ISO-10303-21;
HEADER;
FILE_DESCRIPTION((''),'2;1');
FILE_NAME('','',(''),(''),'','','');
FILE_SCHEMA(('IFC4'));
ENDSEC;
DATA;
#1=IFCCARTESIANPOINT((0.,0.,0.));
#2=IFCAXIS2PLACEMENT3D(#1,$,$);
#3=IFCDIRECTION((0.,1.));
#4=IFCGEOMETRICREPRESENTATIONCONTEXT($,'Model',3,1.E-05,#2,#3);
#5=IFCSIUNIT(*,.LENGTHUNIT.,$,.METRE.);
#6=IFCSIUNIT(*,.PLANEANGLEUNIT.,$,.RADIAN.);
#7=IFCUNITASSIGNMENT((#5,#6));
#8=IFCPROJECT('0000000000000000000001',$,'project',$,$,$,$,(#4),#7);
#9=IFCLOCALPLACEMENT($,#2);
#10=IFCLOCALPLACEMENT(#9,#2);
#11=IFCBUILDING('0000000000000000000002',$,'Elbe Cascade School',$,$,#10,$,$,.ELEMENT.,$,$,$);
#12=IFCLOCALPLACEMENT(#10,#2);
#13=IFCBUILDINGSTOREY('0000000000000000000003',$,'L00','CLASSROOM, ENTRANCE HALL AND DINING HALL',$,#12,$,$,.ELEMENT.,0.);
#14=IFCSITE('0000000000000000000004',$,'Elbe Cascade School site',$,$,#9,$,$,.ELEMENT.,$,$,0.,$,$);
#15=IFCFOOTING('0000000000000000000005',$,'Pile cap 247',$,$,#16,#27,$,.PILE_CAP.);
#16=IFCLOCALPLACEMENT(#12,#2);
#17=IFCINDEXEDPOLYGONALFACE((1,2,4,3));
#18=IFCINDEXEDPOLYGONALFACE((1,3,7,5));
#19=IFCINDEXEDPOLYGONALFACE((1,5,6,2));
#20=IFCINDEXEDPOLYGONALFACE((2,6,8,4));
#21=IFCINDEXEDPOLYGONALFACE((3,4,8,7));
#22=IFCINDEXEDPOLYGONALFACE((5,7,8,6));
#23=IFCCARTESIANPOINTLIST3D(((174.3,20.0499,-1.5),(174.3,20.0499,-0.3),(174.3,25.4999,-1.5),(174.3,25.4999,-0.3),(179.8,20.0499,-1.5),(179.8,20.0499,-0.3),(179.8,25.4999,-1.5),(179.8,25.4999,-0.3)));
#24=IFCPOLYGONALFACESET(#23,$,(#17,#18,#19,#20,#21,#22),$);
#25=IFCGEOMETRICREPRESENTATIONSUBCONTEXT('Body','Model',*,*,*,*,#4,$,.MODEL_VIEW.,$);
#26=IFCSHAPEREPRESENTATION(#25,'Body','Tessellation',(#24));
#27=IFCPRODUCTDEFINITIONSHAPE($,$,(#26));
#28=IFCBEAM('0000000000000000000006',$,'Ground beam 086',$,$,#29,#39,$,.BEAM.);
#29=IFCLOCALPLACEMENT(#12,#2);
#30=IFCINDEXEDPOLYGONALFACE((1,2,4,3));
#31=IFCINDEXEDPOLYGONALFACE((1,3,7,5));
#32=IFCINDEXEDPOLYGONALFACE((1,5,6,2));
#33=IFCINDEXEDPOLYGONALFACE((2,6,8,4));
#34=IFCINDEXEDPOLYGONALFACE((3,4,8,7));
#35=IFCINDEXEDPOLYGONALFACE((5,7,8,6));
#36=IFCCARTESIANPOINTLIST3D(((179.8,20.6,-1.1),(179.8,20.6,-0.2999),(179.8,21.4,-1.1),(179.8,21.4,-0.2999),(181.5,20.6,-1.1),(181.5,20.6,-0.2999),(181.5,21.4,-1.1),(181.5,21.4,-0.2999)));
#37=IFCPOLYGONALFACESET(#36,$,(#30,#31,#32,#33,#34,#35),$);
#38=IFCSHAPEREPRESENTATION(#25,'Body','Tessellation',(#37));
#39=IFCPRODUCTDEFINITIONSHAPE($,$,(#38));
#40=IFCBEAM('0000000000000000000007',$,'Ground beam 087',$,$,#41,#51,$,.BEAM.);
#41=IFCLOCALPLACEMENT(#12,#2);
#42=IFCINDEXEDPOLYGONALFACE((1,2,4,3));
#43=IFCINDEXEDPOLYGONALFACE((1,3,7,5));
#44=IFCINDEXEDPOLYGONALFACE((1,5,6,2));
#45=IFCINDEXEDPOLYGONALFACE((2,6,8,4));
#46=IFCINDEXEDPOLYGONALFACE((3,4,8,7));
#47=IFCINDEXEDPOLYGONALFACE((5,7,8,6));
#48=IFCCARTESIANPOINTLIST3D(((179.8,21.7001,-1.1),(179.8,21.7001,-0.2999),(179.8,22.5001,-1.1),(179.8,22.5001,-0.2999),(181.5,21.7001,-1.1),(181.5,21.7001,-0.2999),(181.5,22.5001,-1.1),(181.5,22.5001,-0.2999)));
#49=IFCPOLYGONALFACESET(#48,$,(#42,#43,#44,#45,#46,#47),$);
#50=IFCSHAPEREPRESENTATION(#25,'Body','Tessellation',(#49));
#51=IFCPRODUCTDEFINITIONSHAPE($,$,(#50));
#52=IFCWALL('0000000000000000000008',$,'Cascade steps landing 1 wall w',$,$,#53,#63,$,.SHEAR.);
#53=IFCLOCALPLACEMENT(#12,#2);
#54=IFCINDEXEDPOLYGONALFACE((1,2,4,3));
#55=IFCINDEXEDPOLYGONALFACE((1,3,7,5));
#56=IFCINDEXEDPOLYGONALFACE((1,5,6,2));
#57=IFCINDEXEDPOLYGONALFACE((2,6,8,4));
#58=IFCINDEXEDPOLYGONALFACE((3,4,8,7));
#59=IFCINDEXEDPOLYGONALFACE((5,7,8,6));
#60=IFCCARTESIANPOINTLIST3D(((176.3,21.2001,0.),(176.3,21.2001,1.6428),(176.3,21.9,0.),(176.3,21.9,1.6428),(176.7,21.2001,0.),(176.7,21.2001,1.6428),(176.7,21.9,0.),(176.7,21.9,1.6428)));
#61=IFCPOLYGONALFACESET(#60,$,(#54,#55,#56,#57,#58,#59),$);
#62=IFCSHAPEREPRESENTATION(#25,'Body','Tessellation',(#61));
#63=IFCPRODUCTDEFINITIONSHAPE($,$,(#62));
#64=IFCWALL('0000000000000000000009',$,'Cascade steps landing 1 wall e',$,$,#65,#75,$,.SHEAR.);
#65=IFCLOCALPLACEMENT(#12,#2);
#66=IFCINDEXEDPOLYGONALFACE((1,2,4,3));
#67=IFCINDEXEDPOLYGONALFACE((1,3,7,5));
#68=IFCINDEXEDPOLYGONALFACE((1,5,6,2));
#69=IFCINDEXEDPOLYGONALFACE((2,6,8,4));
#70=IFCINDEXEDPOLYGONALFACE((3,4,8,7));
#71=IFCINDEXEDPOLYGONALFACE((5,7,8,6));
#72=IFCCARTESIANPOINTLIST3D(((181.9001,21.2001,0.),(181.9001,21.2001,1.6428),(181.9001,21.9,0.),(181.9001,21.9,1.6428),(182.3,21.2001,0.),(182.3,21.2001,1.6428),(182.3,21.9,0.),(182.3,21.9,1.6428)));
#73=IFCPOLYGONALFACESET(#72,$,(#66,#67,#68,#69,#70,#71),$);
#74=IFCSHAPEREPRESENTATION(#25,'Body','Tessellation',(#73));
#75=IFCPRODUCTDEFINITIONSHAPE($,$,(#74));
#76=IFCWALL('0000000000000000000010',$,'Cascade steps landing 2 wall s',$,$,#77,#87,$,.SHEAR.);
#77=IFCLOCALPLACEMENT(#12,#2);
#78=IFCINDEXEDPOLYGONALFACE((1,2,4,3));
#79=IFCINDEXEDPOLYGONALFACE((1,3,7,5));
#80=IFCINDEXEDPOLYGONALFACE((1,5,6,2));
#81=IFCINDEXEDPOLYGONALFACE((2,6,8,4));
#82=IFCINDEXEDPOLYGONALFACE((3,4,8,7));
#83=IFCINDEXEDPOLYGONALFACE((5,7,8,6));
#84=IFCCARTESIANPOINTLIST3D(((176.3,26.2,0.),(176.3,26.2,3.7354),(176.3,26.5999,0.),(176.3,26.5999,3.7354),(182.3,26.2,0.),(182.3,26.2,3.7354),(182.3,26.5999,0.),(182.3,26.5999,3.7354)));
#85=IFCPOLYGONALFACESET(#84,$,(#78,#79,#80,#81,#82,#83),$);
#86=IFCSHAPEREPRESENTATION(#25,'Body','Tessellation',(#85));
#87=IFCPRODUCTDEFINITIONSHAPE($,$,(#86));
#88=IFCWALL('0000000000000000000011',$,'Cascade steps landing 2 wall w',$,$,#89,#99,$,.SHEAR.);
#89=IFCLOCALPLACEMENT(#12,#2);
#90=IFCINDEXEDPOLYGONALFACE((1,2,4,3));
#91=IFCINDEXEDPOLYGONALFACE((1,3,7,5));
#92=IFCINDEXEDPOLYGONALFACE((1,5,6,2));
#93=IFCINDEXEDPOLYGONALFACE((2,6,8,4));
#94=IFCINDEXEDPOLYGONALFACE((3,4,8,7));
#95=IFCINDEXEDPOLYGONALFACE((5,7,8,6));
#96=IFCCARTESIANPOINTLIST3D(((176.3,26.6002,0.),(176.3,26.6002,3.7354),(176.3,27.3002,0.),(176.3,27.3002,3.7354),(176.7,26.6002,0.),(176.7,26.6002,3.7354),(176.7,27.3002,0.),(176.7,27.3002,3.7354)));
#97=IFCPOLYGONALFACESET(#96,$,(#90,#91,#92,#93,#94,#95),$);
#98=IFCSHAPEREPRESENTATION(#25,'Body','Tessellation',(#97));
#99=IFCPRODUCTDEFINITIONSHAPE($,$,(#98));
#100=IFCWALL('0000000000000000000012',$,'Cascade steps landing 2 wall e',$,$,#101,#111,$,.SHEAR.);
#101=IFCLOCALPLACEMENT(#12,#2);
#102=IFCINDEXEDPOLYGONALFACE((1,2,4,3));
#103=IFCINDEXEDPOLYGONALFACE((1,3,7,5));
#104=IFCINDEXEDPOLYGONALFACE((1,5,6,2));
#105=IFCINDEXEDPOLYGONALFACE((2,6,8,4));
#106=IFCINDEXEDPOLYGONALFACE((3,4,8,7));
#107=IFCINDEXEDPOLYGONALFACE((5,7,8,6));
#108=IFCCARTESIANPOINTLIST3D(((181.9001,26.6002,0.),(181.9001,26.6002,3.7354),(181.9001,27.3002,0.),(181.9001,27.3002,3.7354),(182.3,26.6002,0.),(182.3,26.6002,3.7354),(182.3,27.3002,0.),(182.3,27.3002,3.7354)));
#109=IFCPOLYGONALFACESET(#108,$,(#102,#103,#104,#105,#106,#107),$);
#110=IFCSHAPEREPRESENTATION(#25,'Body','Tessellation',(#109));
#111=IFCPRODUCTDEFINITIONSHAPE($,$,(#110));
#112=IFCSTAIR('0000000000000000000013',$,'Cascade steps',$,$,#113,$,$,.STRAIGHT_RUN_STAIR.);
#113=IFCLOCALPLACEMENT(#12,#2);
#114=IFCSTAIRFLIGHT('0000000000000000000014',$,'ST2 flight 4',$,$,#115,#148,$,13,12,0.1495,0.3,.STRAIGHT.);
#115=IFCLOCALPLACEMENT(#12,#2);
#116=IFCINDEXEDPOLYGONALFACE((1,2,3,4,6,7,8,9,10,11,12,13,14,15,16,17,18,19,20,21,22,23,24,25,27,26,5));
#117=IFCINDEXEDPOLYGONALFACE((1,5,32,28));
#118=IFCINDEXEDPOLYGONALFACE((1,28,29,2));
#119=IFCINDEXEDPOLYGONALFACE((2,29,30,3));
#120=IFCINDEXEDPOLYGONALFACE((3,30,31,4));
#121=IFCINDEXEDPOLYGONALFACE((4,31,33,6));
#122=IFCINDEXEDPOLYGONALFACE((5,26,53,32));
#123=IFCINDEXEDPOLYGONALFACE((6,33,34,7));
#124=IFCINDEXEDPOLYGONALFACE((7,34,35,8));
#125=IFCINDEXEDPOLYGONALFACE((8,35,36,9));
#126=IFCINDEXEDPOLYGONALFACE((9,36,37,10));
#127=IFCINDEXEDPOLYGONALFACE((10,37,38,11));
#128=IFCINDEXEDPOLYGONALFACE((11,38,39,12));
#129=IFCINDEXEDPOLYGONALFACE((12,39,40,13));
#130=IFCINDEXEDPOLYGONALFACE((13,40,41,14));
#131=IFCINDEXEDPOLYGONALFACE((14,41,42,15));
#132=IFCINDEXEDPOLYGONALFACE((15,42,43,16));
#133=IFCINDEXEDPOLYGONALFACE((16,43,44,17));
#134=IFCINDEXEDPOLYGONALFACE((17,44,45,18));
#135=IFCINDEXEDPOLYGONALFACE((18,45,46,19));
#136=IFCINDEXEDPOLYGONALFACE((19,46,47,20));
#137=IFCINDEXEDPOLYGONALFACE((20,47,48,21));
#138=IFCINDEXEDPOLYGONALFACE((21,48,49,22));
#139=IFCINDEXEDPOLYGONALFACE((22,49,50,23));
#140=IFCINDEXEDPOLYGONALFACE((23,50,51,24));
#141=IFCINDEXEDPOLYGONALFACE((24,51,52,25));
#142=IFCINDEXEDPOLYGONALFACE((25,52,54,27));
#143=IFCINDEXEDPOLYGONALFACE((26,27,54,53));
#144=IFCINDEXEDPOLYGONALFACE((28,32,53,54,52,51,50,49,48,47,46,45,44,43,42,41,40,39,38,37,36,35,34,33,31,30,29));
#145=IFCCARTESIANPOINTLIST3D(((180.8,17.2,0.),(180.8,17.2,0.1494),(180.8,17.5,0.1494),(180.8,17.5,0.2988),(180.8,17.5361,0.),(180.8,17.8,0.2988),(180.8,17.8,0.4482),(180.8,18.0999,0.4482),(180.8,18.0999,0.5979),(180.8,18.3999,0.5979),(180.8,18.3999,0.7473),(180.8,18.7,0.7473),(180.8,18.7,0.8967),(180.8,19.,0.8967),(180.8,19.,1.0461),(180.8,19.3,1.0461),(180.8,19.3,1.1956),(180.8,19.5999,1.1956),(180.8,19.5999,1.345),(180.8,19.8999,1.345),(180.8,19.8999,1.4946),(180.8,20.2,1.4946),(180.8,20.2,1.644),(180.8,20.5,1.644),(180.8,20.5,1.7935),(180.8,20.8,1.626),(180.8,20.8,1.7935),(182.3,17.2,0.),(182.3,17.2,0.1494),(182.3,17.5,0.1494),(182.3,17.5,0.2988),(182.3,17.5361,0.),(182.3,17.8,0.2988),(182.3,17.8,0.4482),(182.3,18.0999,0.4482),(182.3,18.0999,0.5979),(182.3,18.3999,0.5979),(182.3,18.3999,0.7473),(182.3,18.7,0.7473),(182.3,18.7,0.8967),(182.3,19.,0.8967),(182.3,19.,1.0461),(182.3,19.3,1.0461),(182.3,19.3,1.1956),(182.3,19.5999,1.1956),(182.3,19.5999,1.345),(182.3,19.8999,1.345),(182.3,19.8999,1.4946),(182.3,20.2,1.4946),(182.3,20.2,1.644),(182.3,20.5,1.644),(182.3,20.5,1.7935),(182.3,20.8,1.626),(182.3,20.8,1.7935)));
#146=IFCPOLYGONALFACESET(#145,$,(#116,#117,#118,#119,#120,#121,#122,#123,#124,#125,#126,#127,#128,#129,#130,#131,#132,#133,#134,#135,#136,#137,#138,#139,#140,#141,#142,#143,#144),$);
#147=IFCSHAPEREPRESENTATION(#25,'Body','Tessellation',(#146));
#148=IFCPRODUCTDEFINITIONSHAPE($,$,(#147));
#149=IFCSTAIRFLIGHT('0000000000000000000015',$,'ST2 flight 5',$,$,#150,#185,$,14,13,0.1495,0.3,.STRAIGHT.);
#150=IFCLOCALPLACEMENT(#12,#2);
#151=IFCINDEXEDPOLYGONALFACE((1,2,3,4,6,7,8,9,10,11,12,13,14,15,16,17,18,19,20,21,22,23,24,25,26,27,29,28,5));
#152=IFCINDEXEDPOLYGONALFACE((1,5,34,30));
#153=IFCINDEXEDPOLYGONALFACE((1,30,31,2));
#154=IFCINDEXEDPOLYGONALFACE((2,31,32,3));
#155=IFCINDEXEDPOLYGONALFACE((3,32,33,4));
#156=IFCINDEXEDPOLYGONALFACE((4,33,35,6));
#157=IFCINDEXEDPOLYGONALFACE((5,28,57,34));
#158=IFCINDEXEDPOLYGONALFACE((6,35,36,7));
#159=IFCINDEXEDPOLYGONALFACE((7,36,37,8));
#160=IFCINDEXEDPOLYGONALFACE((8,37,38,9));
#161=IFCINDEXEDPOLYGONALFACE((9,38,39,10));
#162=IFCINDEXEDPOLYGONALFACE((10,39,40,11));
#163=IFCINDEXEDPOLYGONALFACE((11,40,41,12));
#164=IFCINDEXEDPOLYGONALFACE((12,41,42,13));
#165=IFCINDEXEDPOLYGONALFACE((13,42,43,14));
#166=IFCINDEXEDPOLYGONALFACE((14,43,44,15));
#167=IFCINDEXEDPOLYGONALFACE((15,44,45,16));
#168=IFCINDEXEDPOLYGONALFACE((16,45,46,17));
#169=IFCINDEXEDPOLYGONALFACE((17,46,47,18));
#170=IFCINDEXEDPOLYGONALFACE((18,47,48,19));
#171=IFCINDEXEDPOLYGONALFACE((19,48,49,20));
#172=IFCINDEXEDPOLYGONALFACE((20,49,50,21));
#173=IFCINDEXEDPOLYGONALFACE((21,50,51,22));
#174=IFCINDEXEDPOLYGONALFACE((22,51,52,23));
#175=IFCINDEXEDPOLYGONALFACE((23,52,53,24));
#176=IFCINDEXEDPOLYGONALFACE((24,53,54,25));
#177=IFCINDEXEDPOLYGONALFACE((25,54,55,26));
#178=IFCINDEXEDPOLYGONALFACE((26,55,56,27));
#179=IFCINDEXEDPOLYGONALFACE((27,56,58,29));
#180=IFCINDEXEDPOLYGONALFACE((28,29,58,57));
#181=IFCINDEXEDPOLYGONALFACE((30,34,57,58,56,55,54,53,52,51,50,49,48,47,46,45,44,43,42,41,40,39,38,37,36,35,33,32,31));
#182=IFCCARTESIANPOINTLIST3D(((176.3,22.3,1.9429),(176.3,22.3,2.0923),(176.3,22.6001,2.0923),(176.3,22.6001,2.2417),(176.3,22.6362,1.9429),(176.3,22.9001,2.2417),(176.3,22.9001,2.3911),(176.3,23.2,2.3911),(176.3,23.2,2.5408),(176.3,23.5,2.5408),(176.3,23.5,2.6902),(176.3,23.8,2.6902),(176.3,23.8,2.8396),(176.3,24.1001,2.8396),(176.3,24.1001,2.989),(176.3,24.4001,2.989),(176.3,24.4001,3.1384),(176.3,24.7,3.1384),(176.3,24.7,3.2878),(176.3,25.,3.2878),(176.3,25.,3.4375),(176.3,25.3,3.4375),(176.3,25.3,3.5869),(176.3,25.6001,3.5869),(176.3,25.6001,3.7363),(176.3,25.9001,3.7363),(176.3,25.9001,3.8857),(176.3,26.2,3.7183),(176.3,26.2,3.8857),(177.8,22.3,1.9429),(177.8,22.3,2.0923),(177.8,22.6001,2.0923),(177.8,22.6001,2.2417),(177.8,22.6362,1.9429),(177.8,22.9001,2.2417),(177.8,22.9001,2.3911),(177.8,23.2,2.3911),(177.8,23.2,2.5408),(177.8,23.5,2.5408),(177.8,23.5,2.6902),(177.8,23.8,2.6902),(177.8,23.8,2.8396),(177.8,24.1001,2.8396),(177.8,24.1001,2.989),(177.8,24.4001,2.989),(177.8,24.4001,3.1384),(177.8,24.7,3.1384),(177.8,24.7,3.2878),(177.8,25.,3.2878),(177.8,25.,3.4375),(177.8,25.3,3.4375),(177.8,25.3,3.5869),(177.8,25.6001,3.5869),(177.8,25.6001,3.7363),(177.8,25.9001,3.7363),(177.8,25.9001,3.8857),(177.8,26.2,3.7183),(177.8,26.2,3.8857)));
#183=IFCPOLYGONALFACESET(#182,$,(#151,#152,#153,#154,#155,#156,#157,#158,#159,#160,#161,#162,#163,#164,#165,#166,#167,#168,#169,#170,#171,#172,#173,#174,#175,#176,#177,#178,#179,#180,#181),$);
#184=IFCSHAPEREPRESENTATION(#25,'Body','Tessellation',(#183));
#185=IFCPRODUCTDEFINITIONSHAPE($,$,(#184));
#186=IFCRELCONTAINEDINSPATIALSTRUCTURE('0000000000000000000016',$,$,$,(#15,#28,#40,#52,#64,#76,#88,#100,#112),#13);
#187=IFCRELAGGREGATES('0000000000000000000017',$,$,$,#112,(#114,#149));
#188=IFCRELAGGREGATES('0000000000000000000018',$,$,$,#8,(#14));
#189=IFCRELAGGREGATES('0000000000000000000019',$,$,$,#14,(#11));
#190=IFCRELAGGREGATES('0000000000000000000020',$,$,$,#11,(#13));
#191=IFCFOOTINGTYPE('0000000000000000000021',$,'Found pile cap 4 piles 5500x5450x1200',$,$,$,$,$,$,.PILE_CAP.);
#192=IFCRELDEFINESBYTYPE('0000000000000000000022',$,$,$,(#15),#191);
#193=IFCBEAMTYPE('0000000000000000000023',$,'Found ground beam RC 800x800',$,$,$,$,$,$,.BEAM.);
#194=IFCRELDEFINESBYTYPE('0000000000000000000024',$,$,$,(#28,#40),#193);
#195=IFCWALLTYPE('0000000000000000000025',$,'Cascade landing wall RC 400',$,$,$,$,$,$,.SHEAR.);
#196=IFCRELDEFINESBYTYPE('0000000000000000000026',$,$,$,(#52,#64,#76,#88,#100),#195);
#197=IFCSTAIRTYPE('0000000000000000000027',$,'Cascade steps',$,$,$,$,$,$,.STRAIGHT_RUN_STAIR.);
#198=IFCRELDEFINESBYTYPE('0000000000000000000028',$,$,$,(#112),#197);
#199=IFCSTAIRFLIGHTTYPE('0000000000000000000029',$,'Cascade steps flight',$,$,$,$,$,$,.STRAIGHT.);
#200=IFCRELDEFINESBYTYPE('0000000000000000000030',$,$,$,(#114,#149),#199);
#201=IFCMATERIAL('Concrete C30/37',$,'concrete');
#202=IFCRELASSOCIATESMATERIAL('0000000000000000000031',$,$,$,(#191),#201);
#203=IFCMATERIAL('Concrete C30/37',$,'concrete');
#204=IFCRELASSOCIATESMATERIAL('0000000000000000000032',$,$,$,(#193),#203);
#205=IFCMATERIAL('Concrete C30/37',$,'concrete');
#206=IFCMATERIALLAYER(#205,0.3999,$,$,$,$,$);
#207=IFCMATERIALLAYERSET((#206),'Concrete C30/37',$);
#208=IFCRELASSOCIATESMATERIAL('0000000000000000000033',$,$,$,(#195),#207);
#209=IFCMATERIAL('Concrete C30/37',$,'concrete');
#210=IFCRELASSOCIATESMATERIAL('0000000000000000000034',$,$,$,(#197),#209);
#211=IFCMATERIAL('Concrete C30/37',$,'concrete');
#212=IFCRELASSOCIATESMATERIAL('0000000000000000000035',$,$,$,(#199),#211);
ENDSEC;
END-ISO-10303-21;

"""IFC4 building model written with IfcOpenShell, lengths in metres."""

from ifc_helpers import new_model, si_unit, direction, frame, frame_2d, origin, origin_2d, place, context, subcontext, project, spatial, polyline, rectangle, outline, extrude, material, layer, layer_set, material_profile, profile_set, type_object, element, aggregate, save


model = new_model("IFC4")

# Units and contexts
model_context = context("Model", 3, precision=1e-05, world=origin(), true_north=direction((0.0, 1.0)))
body_context = subcontext(model_context, "Body", "Model", "MODEL_VIEW")
ifc_project = project(units=[si_unit("LENGTHUNIT", "METRE"), si_unit("PLANEANGLEUNIT", "RADIAN")], contexts=[model_context])

# Site, building, storey
site_placement = place(None, origin())
site = spatial("IfcSite", under=ifc_project, at=site_placement, Name="Elbe Cascade School site", CompositionType="ELEMENT", RefElevation=0.0)
building_placement = place(site_placement, origin())
building = spatial("IfcBuilding", under=site, at=building_placement, Name="Elbe Cascade School", CompositionType="ELEMENT")
storey_placement = place(building_placement, origin())
storey = spatial("IfcBuildingStorey", under=building, at=storey_placement, Name="L00", Description="CLASSROOM, ENTRANCE HALL AND DINING HALL", CompositionType="ELEMENT", Elevation=0.0)

# Footing
ifc_material_1 = material(Name="Concrete C30/37", Category="concrete")
footing_type_1 = type_object("IfcFootingType", Name="Found pile cap 4 piles 5500x5450x1200", PredefinedType="PILE_CAP", material=ifc_material_1)
footing_1_placement = place(storey_placement, frame((177.05, 22.7749, -1.5), z_axis=(0.0, 0.0, 1.0), x_axis=(1.0, 0.0, 0.0)))
element("IfcFooting", 1, at=footing_1_placement, inside=storey, type_object=footing_type_1, Name="Pile cap 247", PredefinedType="PILE_CAP", context=body_context, shape_type="SweptSolid", body=[
    extrude(rectangle(XDim=5.5, YDim=5.45, at=origin_2d()), origin(), (0.0, 0.0, 1.0), 1.2),
])

# Beams
ifc_material_2 = material(Name="Concrete C30/37", Category="concrete")
ifc_material_profile_1 = material_profile(ifc_material_2, rectangle(XDim=0.8, YDim=0.8, at=origin_2d()), Name="RC 800x800")
ifc_profile_set_1 = profile_set([ifc_material_profile_1], Name="Concrete C30/37")
beam_type = type_object("IfcBeamType", Name="Found ground beam RC 800x800", PredefinedType="BEAM", material=ifc_profile_set_1)
for number, where, z_axis, x_axis, name in (
    (2, (179.8, 21.0, -0.7), (1.0, 0.0, 0.0), (0.0, 1.0, 0.0), "Ground beam 086"),
    (3, (179.8, 22.1001, -0.7), (1.0, 0.0, 0.0), (0.0, 1.0, 0.0), "Ground beam 087"),
):
    element("IfcBeam", number, at=place(storey_placement, frame(where, z_axis=z_axis, x_axis=x_axis)), inside=storey, type_object=beam_type, Name=name, PredefinedType="BEAM", context=body_context, shape_type="SweptSolid", body=[
        extrude(rectangle(XDim=0.8, YDim=0.8, at=origin_2d()), origin(), (0.0, 0.0, 1.0), 1.7),
    ])

# Walls
ifc_material_3 = material(Name="Concrete C30/37", Category="concrete")
ifc_layer_1 = layer(ifc_material_3, 0.3999)
ifc_layer_set_1 = layer_set([ifc_layer_1], Name="Concrete C30/37")
wall_type = type_object("IfcWallType", Name="Cascade landing wall RC 400", PredefinedType="SHEAR", material=ifc_layer_set_1)
for number, where, z_axis, x_axis, name in (
    (4, (176.5, 21.2, 0.0), (0.0, 0.0, 1.0), (0.0, 1.0, 0.0), "Cascade steps landing 1 wall w"),
    (5, (182.1001, 21.2, 0.0), (0.0, 0.0, 1.0), (0.0, 1.0, 0.0), "Cascade steps landing 1 wall e"),
):
    element("IfcWall", number, at=place(storey_placement, frame(where, z_axis=z_axis, x_axis=x_axis)), inside=storey, type_object=wall_type, Name=name, PredefinedType="SHEAR", context=body_context, shape_type="SweptSolid", body=[
        extrude(rectangle(XDim=0.7, YDim=0.3999, at=frame_2d((0.3501, 0.0))), origin(), (0.0, 0.0, 1.0), 1.6428),
    ])
wall_placement = place(storey_placement, frame((176.3, 26.3999, 0.0), z_axis=(0.0, 0.0, 1.0), x_axis=(1.0, 0.0, 0.0)))
element("IfcWall", 6, at=wall_placement, inside=storey, type_object=wall_type, Name="Cascade steps landing 2 wall s", PredefinedType="SHEAR", context=body_context, shape_type="SweptSolid", body=[
    extrude(rectangle(XDim=6.0, YDim=0.3999, at=frame_2d((3.0, 0.0))), origin(), (0.0, 0.0, 1.0), 3.7354),
])
for number, where, z_axis, x_axis, name in (
    (7, (176.5, 26.6001, 0.0), (0.0, 0.0, 1.0), (0.0, 1.0, 0.0), "Cascade steps landing 2 wall w"),
    (8, (182.1001, 26.6001, 0.0), (0.0, 0.0, 1.0), (0.0, 1.0, 0.0), "Cascade steps landing 2 wall e"),
):
    element("IfcWall", number, at=place(storey_placement, frame(where, z_axis=z_axis, x_axis=x_axis)), inside=storey, type_object=wall_type, Name=name, PredefinedType="SHEAR", context=body_context, shape_type="SweptSolid", body=[
        extrude(rectangle(XDim=0.7, YDim=0.3999, at=frame_2d((0.3501, 0.0))), origin(), (0.0, 0.0, 1.0), 3.7354),
    ])

# Stair, stair flights
ifc_material_4 = material(Name="Concrete C30/37", Category="concrete")
stair_type = type_object("IfcStairType", Name="Cascade steps", PredefinedType="STRAIGHT_RUN_STAIR", material=ifc_material_4)
stair_placement = place(storey_placement, origin())
stair = element("IfcStair", 9, at=stair_placement, inside=storey, type_object=stair_type, Name="Cascade steps", PredefinedType="STRAIGHT_RUN_STAIR")
ifc_material_5 = material(Name="Concrete C30/37", Category="concrete")
stair_flight_type = type_object("IfcStairFlightType", Name="Cascade steps flight", PredefinedType="STRAIGHT", material=ifc_material_5)
stair_flight_1_placement = place(storey_placement, frame((181.55, 17.2, 0.0), z_axis=(0.0, 0.0, 1.0), x_axis=(0.0, 1.0, 0.0)))
stair_flight_1 = element("IfcStairFlight", 10, at=stair_flight_1_placement, type_object=stair_flight_type, Name="ST2 flight 4", NumberOfRisers=13, NumberOfTreads=12, PredefinedType="STRAIGHT", RiserHeight=0.1495, TreadLength=0.3, context=body_context, shape_type="SweptSolid", body=[
    extrude(outline(polyline([(0.0, 0.0), (0.0, 0.1494), (0.3, 0.1494), (0.3, 0.2988), (0.6001, 0.2988), (0.6001, 0.4482), (0.8999, 0.4482), (0.8999, 0.5979), (1.2, 0.5979), (1.2, 0.7473), (1.5, 0.7473), (1.5, 0.8967), (1.8, 0.8967), (1.8, 1.0461), (2.1001, 1.0461), (2.1001, 1.1956), (2.3999, 1.1956), (2.3999, 1.345), (2.7, 1.345), (2.7, 1.4946), (3.0, 1.4946), (3.0, 1.644), (3.3, 1.644), (3.3, 1.7935), (3.6001, 1.7935), (3.6001, 1.9429), (3.6001, 1.626), (0.3362, 0.0), (0.0, 0.0)])), frame((0.0, 0.75, 0.0), z_axis=(0.0, -1.0, 0.0), x_axis=(1.0, 0.0, 0.0)), (0.0, 0.0, 1.0), 1.5),
])
stair_flight_2_placement = place(storey_placement, frame((177.05, 22.3, 1.9429), z_axis=(0.0, 0.0, 1.0), x_axis=(0.0, 1.0, 0.0)))
stair_flight_2 = element("IfcStairFlight", 11, at=stair_flight_2_placement, type_object=stair_flight_type, Name="ST2 flight 5", NumberOfRisers=14, NumberOfTreads=13, PredefinedType="STRAIGHT", RiserHeight=0.1495, TreadLength=0.3, context=body_context, shape_type="SweptSolid", body=[
    extrude(outline(polyline([(0.0, 0.0), (0.0, 0.1494), (0.3, 0.1494), (0.3, 0.2988), (0.6001, 0.2988), (0.6001, 0.4482), (0.8999, 0.4482), (0.8999, 0.5979), (1.2, 0.5979), (1.2, 0.7473), (1.5, 0.7473), (1.5, 0.8967), (1.8, 0.8967), (1.8, 1.0461), (2.1001, 1.0461), (2.1001, 1.1956), (2.3999, 1.1956), (2.3999, 1.345), (2.7, 1.345), (2.7, 1.4946), (3.0, 1.4946), (3.0, 1.644), (3.3, 1.644), (3.3, 1.7935), (3.6001, 1.7935), (3.6001, 1.9429), (3.8999, 1.9429), (3.8999, 2.0923), (3.8999, 1.7754), (0.3362, 0.0), (0.0, 0.0)])), frame((0.0, 0.75, 0.0), z_axis=(0.0, -1.0, 0.0), x_axis=(1.0, 0.0, 0.0)), (0.0, 0.0, 1.0), 1.5),
])
aggregate(stair, [stair_flight_1, stair_flight_2])

save(model, "model.ifc")
